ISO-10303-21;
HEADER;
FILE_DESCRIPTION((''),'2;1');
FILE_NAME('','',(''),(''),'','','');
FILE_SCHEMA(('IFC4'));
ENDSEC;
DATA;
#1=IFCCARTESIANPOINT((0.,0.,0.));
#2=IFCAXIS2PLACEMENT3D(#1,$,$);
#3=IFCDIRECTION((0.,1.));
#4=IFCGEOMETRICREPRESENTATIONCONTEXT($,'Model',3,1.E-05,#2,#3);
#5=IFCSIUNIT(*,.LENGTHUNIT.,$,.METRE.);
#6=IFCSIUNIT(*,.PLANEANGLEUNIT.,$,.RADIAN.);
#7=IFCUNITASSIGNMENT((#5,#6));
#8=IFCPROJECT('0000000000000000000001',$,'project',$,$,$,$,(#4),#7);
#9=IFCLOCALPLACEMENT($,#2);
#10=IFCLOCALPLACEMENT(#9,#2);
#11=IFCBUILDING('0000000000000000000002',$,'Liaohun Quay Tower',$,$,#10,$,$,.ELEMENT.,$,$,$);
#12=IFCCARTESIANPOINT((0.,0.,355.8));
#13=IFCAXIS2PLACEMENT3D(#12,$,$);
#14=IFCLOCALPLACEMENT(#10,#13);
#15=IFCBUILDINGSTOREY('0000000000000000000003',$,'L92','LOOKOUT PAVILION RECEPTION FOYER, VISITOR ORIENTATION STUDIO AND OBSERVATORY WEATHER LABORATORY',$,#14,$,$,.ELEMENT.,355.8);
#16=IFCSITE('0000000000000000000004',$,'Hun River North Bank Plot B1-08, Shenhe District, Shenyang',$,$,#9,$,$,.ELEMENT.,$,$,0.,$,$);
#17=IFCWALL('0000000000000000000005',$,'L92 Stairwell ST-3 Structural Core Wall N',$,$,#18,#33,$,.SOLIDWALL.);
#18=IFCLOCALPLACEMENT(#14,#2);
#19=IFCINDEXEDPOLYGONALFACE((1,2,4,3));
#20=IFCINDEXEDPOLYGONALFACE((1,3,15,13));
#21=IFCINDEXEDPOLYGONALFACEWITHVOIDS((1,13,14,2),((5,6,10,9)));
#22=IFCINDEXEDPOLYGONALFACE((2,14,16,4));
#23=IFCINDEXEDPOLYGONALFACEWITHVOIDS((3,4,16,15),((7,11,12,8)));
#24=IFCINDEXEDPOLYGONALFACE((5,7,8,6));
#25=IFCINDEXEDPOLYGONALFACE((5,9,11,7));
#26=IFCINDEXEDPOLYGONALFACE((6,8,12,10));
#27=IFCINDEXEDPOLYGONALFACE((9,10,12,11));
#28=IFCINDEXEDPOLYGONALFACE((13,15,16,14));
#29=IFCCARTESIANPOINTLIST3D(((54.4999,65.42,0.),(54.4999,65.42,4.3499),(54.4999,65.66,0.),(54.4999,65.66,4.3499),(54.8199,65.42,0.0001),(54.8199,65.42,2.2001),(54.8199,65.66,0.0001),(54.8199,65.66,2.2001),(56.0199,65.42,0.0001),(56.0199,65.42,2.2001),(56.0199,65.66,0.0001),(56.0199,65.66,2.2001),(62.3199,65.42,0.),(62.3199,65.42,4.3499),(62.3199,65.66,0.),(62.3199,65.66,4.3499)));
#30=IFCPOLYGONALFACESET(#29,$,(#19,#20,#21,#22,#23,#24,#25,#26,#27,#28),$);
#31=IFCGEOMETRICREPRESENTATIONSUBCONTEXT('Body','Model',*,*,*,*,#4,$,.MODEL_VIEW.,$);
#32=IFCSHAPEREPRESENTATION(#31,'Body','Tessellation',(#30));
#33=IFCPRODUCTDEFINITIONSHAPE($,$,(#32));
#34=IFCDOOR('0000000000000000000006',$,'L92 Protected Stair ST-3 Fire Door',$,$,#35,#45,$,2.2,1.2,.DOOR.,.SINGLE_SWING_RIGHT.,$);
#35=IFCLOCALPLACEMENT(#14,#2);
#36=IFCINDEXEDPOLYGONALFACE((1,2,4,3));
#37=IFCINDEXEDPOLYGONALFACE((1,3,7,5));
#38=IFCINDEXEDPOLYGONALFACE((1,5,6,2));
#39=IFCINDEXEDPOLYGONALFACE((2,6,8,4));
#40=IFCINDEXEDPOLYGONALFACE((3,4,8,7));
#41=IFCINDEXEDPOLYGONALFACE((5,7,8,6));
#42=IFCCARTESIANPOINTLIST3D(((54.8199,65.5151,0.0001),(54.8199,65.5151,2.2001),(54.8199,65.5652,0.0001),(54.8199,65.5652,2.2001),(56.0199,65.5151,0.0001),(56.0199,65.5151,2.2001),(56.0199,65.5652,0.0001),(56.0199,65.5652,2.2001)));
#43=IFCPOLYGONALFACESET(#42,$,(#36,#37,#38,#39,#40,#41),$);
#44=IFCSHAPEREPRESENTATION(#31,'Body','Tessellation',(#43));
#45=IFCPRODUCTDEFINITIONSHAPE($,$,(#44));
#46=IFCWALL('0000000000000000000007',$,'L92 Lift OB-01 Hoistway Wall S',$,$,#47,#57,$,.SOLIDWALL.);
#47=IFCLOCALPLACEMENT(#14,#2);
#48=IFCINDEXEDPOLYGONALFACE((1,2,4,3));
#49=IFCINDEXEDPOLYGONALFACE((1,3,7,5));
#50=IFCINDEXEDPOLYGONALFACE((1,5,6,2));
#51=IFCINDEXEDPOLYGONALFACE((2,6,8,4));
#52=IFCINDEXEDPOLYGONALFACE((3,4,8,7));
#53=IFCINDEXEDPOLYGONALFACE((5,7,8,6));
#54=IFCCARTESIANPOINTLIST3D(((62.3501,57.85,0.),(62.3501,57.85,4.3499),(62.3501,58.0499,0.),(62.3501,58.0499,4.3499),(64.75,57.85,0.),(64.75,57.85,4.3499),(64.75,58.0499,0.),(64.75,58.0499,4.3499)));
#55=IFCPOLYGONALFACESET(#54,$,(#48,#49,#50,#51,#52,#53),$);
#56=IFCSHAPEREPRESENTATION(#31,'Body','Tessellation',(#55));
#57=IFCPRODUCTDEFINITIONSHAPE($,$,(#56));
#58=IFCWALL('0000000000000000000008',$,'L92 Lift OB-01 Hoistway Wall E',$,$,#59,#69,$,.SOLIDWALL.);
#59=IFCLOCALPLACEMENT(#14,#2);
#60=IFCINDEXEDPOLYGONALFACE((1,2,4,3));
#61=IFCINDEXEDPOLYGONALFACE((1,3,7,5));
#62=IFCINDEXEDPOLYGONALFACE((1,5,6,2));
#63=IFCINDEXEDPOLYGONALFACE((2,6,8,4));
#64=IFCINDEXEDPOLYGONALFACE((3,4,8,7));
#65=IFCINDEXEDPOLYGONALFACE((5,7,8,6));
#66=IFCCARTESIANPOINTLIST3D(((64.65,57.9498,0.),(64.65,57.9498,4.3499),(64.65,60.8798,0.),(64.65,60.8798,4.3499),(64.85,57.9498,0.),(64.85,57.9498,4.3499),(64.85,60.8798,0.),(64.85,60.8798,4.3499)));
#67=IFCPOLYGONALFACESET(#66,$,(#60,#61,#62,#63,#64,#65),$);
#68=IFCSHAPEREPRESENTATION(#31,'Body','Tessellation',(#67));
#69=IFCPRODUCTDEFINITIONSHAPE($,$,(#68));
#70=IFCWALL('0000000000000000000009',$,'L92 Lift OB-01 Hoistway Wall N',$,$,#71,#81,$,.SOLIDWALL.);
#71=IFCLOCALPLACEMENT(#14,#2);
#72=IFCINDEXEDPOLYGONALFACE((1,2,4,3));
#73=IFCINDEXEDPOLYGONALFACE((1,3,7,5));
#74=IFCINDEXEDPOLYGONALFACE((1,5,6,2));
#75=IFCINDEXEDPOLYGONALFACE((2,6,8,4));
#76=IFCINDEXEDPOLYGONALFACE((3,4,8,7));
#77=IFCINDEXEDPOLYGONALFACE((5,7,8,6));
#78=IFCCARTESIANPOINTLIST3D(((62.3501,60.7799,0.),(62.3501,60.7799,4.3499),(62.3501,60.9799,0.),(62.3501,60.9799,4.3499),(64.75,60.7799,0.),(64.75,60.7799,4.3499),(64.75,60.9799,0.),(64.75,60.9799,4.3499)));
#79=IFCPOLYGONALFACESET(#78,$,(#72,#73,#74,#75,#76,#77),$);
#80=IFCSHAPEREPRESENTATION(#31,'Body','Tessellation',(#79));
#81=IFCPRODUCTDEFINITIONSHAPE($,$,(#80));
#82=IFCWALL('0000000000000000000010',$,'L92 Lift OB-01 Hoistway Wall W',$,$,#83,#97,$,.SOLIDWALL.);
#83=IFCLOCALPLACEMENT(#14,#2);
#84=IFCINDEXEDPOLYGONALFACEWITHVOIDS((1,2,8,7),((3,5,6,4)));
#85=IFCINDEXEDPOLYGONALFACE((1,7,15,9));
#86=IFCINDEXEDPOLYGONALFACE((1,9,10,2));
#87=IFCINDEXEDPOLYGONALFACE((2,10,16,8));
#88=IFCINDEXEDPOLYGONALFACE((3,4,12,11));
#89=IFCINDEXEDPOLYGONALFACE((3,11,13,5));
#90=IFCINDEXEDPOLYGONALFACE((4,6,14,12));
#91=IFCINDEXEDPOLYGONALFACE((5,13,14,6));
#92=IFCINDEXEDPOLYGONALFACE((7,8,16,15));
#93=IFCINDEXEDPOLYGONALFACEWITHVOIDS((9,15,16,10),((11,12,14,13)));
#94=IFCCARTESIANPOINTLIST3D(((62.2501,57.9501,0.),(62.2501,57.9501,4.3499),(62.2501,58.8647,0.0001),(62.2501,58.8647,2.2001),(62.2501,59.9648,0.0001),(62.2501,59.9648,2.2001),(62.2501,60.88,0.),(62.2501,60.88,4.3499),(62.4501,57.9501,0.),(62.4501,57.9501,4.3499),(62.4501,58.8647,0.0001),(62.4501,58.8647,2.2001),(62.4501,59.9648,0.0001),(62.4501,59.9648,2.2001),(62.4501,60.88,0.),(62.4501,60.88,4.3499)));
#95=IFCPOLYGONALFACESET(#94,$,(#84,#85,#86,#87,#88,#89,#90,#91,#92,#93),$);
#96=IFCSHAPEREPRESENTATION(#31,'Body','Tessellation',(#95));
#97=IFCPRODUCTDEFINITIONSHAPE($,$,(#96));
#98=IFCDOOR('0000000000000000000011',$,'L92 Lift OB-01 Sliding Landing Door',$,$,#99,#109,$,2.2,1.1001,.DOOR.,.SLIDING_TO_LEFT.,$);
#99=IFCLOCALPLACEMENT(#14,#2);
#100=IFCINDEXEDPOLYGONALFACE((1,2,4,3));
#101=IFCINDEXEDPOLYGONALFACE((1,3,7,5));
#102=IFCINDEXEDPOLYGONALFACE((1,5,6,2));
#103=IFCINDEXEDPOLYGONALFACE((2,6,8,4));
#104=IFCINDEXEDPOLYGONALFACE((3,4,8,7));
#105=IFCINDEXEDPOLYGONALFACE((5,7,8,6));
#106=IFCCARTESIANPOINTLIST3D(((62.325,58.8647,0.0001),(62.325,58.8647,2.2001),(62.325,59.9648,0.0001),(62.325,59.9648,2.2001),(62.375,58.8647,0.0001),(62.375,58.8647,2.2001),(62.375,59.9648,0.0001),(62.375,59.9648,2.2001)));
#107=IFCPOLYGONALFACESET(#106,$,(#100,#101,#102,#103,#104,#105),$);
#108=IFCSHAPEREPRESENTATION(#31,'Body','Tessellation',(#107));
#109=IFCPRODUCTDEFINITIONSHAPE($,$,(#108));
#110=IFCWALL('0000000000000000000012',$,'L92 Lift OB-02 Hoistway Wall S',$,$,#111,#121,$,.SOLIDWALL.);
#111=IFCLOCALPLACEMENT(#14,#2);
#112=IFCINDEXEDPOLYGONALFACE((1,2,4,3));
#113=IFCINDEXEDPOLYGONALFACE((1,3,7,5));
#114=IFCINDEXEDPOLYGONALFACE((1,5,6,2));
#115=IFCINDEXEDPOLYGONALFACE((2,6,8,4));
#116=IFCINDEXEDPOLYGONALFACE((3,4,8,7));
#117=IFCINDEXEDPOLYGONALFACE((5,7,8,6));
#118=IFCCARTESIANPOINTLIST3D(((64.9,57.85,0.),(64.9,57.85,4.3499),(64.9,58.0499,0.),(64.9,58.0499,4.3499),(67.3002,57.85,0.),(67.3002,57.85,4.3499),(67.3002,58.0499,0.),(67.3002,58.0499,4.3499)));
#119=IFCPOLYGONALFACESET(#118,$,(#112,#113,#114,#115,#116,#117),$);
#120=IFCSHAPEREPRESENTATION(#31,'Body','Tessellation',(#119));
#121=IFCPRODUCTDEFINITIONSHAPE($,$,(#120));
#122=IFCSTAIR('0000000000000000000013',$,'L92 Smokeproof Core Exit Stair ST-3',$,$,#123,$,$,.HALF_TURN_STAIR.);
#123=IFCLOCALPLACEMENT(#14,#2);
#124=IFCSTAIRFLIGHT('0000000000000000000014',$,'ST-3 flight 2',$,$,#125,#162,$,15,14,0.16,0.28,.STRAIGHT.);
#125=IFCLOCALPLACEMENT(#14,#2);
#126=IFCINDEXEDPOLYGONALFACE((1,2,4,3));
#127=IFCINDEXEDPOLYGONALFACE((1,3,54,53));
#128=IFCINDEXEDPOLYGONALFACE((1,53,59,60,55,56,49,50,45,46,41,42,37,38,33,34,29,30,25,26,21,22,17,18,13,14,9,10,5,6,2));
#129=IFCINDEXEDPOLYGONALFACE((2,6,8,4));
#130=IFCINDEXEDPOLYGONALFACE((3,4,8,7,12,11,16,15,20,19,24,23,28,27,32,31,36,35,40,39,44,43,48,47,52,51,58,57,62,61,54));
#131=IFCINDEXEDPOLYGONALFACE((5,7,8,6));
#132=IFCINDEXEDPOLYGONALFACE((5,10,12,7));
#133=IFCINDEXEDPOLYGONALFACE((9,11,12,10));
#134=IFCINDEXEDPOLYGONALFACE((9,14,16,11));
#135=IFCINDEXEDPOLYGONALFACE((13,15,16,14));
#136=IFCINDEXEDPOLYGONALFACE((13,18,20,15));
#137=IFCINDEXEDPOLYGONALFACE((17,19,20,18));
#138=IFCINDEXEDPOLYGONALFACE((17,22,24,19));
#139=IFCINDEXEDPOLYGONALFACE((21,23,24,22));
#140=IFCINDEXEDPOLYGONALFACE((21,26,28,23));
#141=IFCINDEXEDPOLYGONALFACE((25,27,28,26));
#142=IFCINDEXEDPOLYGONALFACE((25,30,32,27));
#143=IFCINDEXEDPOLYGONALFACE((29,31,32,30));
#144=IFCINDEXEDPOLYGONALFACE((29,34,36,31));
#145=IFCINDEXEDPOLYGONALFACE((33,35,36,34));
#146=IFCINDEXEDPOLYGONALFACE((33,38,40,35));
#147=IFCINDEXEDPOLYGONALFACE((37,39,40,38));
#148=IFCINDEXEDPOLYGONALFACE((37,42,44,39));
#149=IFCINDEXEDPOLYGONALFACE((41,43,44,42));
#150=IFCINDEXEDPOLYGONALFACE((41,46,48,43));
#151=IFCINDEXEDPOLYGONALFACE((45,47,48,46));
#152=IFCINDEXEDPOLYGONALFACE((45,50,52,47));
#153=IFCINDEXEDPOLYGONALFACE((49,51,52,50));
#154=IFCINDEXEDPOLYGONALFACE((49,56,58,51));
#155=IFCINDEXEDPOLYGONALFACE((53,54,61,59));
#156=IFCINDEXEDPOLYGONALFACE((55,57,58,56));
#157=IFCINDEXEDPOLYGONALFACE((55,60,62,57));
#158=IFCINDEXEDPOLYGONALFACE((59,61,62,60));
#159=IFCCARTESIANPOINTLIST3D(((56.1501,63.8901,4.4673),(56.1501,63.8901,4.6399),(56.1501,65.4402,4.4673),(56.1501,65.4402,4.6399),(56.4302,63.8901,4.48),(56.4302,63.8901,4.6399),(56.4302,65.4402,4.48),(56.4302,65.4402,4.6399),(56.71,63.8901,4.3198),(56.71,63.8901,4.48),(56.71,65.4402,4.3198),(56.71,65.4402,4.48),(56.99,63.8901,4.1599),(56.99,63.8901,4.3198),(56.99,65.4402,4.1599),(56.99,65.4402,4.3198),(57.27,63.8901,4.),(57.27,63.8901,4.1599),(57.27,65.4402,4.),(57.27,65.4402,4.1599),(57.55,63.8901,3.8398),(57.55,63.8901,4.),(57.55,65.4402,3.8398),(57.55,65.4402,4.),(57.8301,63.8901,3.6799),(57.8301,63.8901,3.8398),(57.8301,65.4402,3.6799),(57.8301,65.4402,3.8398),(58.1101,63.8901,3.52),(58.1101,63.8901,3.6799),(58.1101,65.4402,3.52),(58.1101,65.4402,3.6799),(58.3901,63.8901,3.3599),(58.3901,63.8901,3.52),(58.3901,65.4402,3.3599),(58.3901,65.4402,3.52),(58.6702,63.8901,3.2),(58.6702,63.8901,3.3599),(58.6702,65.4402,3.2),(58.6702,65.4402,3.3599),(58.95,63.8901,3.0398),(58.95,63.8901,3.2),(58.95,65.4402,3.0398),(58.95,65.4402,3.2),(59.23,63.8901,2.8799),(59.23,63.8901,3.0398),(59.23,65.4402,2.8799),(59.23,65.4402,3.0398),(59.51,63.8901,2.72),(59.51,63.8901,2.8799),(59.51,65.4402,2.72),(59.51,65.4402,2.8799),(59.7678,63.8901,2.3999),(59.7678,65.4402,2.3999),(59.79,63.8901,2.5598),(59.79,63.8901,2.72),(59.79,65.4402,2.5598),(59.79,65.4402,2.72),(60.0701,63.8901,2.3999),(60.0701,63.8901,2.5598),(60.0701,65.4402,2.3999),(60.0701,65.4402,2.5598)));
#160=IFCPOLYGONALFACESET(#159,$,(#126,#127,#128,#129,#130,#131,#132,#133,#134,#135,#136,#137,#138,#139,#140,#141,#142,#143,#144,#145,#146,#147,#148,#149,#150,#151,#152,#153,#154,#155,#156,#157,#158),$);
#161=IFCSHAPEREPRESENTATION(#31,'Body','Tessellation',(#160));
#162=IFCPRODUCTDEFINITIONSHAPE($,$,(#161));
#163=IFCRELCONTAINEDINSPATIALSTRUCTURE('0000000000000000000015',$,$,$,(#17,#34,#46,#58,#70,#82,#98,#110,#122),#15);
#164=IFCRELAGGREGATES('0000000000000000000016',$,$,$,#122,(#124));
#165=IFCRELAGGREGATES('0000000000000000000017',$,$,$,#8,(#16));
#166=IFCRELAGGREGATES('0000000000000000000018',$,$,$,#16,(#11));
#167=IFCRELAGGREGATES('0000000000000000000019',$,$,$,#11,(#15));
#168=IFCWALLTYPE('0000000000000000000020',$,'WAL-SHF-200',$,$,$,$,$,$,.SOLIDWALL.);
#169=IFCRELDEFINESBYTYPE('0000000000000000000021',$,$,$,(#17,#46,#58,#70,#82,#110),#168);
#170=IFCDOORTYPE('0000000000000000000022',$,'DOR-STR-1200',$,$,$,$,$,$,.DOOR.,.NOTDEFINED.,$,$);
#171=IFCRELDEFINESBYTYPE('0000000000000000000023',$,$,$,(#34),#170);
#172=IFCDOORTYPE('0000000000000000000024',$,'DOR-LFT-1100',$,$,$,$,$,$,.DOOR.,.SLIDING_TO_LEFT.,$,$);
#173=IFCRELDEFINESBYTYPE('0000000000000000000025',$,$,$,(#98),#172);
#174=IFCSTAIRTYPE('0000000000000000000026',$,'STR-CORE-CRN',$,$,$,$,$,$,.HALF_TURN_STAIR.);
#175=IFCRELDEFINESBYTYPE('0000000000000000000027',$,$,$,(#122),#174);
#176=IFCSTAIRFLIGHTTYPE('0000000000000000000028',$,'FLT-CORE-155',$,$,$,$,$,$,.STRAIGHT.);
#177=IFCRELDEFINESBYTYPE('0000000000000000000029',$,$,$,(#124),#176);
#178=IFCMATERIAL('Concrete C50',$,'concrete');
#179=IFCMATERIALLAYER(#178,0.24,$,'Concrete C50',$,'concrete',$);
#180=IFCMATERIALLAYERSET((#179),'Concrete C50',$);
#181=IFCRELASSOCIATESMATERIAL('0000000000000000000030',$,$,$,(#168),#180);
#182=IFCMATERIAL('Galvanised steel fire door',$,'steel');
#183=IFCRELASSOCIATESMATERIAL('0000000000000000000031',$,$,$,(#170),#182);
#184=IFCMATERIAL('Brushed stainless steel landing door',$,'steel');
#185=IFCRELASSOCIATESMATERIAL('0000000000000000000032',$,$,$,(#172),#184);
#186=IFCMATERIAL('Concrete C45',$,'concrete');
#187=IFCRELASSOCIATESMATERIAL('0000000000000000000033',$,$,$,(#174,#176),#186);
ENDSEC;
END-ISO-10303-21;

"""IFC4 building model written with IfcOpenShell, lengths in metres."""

from ifc_helpers import new_model, si_unit, direction, frame, frame_2d, origin, place, context, subcontext, project, spatial, polyline, rectangle, outline, extrude, source, transform, mapped, material, layer, layer_set, type_object, element, fill, aggregate, save


model = new_model("IFC4")

# Units and contexts
model_context = context("Model", 3, precision=1e-05, world=origin(), true_north=direction((0.0, 1.0)))
body_context = subcontext(model_context, "Body", "Model", "MODEL_VIEW")
ifc_project = project(units=[si_unit("LENGTHUNIT", "METRE"), si_unit("PLANEANGLEUNIT", "RADIAN")], contexts=[model_context])

# Site, building, storey
site_placement = place(None, origin())
site = spatial("IfcSite", under=ifc_project, at=site_placement, Name="Hun River North Bank Plot B1-08, Shenhe District, Shenyang", CompositionType="ELEMENT", RefElevation=0.0)
building_placement = place(site_placement, origin())
building = spatial("IfcBuilding", under=site, at=building_placement, Name="Liaohun Quay Tower", CompositionType="ELEMENT")
storey_placement = place(building_placement, frame((0.0, 0.0, 355.8)))
storey = spatial("IfcBuildingStorey", under=building, at=storey_placement, Name="L92", Description="LOOKOUT PAVILION RECEPTION FOYER, VISITOR ORIENTATION STUDIO AND OBSERVATORY WEATHER LABORATORY", CompositionType="ELEMENT", Elevation=355.8)

# Shared definitions
ifc_material_1 = material(Name="Concrete C50", Category="concrete")

# Shared definitions
ifc_layer_1 = layer(ifc_material_1, 0.24, Name="Concrete C50", Category="concrete")
ifc_layer_set_1 = layer_set([ifc_layer_1], Name="Concrete C50")
wall_type_1 = type_object("IfcWallType", Name="WAL-SHF-200", PredefinedType="SOLIDWALL", material=ifc_layer_set_1)

# Wall, opening, door
wall_1_placement = place(storey_placement, frame((62.3201, 65.54, 0.0), z_axis=(0.0, 0.0, 1.0), x_axis=(-1.0, 0.0, 0.0)))
wall_1 = element("IfcWall", 1, at=wall_1_placement, inside=storey, type_object=wall_type_1, Name="L92 Stairwell ST-3 Structural Core Wall N", PredefinedType="SOLIDWALL", context=body_context, shape_type="SweptSolid", body=[
    extrude(rectangle(XDim=7.8201, YDim=0.24, at=frame_2d((3.9102, 0.0))), origin(), (0.0, 0.0, 1.0), 4.3499),
])
shared_shape_1 = source(origin(), body_context, "Body", "SweptSolid", [
    extrude(rectangle(XDim=1.2, YDim=2.2, at=frame_2d((0.6001, 1.1001))), frame((0.0, 0.1299, 0.0), z_axis=(0.0, -1.0, 0.0), x_axis=(1.0, 0.0, 0.0)), (0.0, 0.0, 1.0), 0.26),
])
opening_1_placement = place(wall_1_placement, frame((6.3, 0.0, 0.0)))
opening_1 = element("IfcOpeningElement", 2, at=opening_1_placement, cuts=wall_1, PredefinedType="OPENING", context=body_context, shape_type="MappedRepresentation", body=[
    mapped(shared_shape_1, transform((0.0, 0.0, 0.0), x_axis=(1.0, 0.0, 0.0), y_axis=(0.0, 1.0, 0.0), z_axis=(0.0, 0.0, 1.0), scale=1.0)),
])
ifc_material_2 = material(Name="Galvanised steel fire door", Category="steel")
door_type_1 = type_object("IfcDoorType", Name="DOR-STR-1200", OperationType="NOTDEFINED", PredefinedType="DOOR", material=ifc_material_2)
shared_shape_2 = source(origin(), body_context, "Body", "SweptSolid", [
    extrude(rectangle(XDim=1.2, YDim=2.2, at=frame_2d((0.6001, 1.1001))), frame((0.0, 0.0249, 0.0), z_axis=(0.0, -1.0, 0.0), x_axis=(1.0, 0.0, 0.0)), (0.0, 0.0, 1.0), 0.05),
])
door_1_placement = place(opening_1_placement, origin())
door_1 = element("IfcDoor", 3, at=door_1_placement, inside=storey, type_object=door_type_1, Name="L92 Protected Stair ST-3 Fire Door", OperationType="SINGLE_SWING_RIGHT", OverallHeight=2.2, OverallWidth=1.2, PredefinedType="DOOR", context=body_context, shape_type="MappedRepresentation", body=[
    mapped(shared_shape_2, transform((0.0, 0.0, 0.0), x_axis=(1.0, 0.0, 0.0), y_axis=(0.0, 1.0, 0.0), z_axis=(0.0, 0.0, 1.0), scale=1.0)),
])
fill(opening_1, door_1)

# Walls
wall_2_placement = place(storey_placement, frame((62.3501, 57.95, 0.0), z_axis=(0.0, 0.0, 1.0), x_axis=(1.0, 0.0, 0.0)))
element("IfcWall", 4, at=wall_2_placement, inside=storey, type_object=wall_type_1, Name="L92 Lift OB-01 Hoistway Wall S", PredefinedType="SOLIDWALL", context=body_context, shape_type="SweptSolid", body=[
    extrude(rectangle(XDim=2.3999, YDim=0.2, at=frame_2d((1.2, 0.0))), origin(), (0.0, 0.0, 1.0), 4.3499),
])
wall_3_placement = place(storey_placement, frame((64.75, 57.95, 0.0), z_axis=(0.0, 0.0, 1.0), x_axis=(0.0, 1.0, 0.0)))
element("IfcWall", 5, at=wall_3_placement, inside=storey, type_object=wall_type_1, Name="L92 Lift OB-01 Hoistway Wall E", PredefinedType="SOLIDWALL", context=body_context, shape_type="SweptSolid", body=[
    extrude(rectangle(XDim=2.9299, YDim=0.2, at=frame_2d((1.4648, 0.0))), origin(), (0.0, 0.0, 1.0), 4.3499),
])
wall_4_placement = place(storey_placement, frame((64.75, 60.8799, 0.0), z_axis=(0.0, 0.0, 1.0), x_axis=(-1.0, 0.0, 0.0)))
element("IfcWall", 6, at=wall_4_placement, inside=storey, type_object=wall_type_1, Name="L92 Lift OB-01 Hoistway Wall N", PredefinedType="SOLIDWALL", context=body_context, shape_type="SweptSolid", body=[
    extrude(rectangle(XDim=2.3999, YDim=0.2, at=frame_2d((1.2, 0.0))), origin(), (0.0, 0.0, 1.0), 4.3499),
])

# Wall, opening, door
wall_5_placement = place(storey_placement, frame((62.3501, 60.8799, 0.0), z_axis=(0.0, 0.0, 1.0), x_axis=(0.0, -1.0, 0.0)))
wall_5 = element("IfcWall", 7, at=wall_5_placement, inside=storey, type_object=wall_type_1, Name="L92 Lift OB-01 Hoistway Wall W", PredefinedType="SOLIDWALL", context=body_context, shape_type="SweptSolid", body=[
    extrude(rectangle(XDim=2.9299, YDim=0.2, at=frame_2d((1.4648, 0.0))), origin(), (0.0, 0.0, 1.0), 4.3499),
])
shared_shape_3 = source(origin(), body_context, "Body", "SweptSolid", [
    extrude(rectangle(XDim=1.1001, YDim=2.2, at=frame_2d((0.55, 1.1001))), frame((0.0, 0.1099, 0.0), z_axis=(0.0, -1.0, 0.0), x_axis=(1.0, 0.0, 0.0)), (0.0, 0.0, 1.0), 0.22),
])
opening_2_placement = place(wall_5_placement, frame((0.915, 0.0, 0.0)))
opening_2 = element("IfcOpeningElement", 8, at=opening_2_placement, cuts=wall_5, PredefinedType="OPENING", context=body_context, shape_type="MappedRepresentation", body=[
    mapped(shared_shape_3, transform((0.0, 0.0, 0.0), x_axis=(1.0, 0.0, 0.0), y_axis=(0.0, 1.0, 0.0), z_axis=(0.0, 0.0, 1.0), scale=1.0)),
])
ifc_material_3 = material(Name="Brushed stainless steel landing door", Category="steel")
door_type_2 = type_object("IfcDoorType", Name="DOR-LFT-1100", OperationType="SLIDING_TO_LEFT", PredefinedType="DOOR", material=ifc_material_3)
shared_shape_4 = source(origin(), body_context, "Body", "SweptSolid", [
    extrude(rectangle(XDim=1.1001, YDim=2.2, at=frame_2d((0.55, 1.1001))), frame((0.0, 0.0249, 0.0), z_axis=(0.0, -1.0, 0.0), x_axis=(1.0, 0.0, 0.0)), (0.0, 0.0, 1.0), 0.05),
])
door_2_placement = place(opening_2_placement, origin())
door_2 = element("IfcDoor", 9, at=door_2_placement, inside=storey, type_object=door_type_2, Name="L92 Lift OB-01 Sliding Landing Door", OperationType="SLIDING_TO_LEFT", OverallHeight=2.2, OverallWidth=1.1001, PredefinedType="DOOR", context=body_context, shape_type="MappedRepresentation", body=[
    mapped(shared_shape_4, transform((0.0, 0.0, 0.0), x_axis=(1.0, 0.0, 0.0), y_axis=(0.0, 1.0, 0.0), z_axis=(0.0, 0.0, 1.0), scale=1.0)),
])
fill(opening_2, door_2)

# Wall
wall_6_placement = place(storey_placement, frame((64.8999, 57.95, 0.0), z_axis=(0.0, 0.0, 1.0), x_axis=(1.0, 0.0, 0.0)))
element("IfcWall", 10, at=wall_6_placement, inside=storey, type_object=wall_type_1, Name="L92 Lift OB-02 Hoistway Wall S", PredefinedType="SOLIDWALL", context=body_context, shape_type="SweptSolid", body=[
    extrude(rectangle(XDim=2.4001, YDim=0.2, at=frame_2d((1.2002, 0.0))), origin(), (0.0, 0.0, 1.0), 4.3499),
])

# Stair, stair flight
ifc_material_4 = material(Name="Concrete C45", Category="concrete")
stair_type = type_object("IfcStairType", Name="STR-CORE-CRN", PredefinedType="HALF_TURN_STAIR", material=ifc_material_4)
stair_placement = place(storey_placement, origin())
stair = element("IfcStair", 11, at=stair_placement, inside=storey, type_object=stair_type, Name="L92 Smokeproof Core Exit Stair ST-3", PredefinedType="HALF_TURN_STAIR")
stair_flight_type = type_object("IfcStairFlightType", Name="FLT-CORE-155", PredefinedType="STRAIGHT", material=ifc_material_4)
stair_flight_placement = place(storey_placement, frame((60.0701, 64.665, 2.3999), z_axis=(0.0, 0.0, 1.0), x_axis=(-1.0, 0.0, 0.0)))
stair_flight = element("IfcStairFlight", 12, at=stair_flight_placement, type_object=stair_flight_type, Name="ST-3 flight 2", NumberOfRisers=15, NumberOfTreads=14, PredefinedType="STRAIGHT", RiserHeight=0.16, TreadLength=0.28, context=body_context, shape_type="SweptSolid", body=[
    extrude(outline(polyline([(0.0, 0.0), (0.0, 0.1599), (0.28, 0.1599), (0.28, 0.3201), (0.5601, 0.3201), (0.5601, 0.48), (0.8401, 0.48), (0.8401, 0.6399), (1.1201, 0.6399), (1.1201, 0.8), (1.3999, 0.8), (1.3999, 0.96), (1.6799, 0.96), (1.6799, 1.1201), (1.96, 1.1201), (1.96, 1.28), (2.24, 1.28), (2.24, 1.4399), (2.52, 1.4399), (2.52, 1.6001), (2.8, 1.6001), (2.8, 1.76), (3.0801, 1.76), (3.0801, 1.9199), (3.3601, 1.9199), (3.3601, 2.0801), (3.6399, 2.0801), (3.6399, 2.24), (3.9199, 2.24), (3.9199, 2.3999), (3.9199, 2.0674), (0.3022, 0.0), (0.0, 0.0)])), frame((0.0, 0.7749, 0.0), z_axis=(0.0, -1.0, 0.0), x_axis=(1.0, 0.0, 0.0)), (0.0, 0.0, 1.0), 1.55),
])
aggregate(stair, [stair_flight])

save(model, "model.ifc")
